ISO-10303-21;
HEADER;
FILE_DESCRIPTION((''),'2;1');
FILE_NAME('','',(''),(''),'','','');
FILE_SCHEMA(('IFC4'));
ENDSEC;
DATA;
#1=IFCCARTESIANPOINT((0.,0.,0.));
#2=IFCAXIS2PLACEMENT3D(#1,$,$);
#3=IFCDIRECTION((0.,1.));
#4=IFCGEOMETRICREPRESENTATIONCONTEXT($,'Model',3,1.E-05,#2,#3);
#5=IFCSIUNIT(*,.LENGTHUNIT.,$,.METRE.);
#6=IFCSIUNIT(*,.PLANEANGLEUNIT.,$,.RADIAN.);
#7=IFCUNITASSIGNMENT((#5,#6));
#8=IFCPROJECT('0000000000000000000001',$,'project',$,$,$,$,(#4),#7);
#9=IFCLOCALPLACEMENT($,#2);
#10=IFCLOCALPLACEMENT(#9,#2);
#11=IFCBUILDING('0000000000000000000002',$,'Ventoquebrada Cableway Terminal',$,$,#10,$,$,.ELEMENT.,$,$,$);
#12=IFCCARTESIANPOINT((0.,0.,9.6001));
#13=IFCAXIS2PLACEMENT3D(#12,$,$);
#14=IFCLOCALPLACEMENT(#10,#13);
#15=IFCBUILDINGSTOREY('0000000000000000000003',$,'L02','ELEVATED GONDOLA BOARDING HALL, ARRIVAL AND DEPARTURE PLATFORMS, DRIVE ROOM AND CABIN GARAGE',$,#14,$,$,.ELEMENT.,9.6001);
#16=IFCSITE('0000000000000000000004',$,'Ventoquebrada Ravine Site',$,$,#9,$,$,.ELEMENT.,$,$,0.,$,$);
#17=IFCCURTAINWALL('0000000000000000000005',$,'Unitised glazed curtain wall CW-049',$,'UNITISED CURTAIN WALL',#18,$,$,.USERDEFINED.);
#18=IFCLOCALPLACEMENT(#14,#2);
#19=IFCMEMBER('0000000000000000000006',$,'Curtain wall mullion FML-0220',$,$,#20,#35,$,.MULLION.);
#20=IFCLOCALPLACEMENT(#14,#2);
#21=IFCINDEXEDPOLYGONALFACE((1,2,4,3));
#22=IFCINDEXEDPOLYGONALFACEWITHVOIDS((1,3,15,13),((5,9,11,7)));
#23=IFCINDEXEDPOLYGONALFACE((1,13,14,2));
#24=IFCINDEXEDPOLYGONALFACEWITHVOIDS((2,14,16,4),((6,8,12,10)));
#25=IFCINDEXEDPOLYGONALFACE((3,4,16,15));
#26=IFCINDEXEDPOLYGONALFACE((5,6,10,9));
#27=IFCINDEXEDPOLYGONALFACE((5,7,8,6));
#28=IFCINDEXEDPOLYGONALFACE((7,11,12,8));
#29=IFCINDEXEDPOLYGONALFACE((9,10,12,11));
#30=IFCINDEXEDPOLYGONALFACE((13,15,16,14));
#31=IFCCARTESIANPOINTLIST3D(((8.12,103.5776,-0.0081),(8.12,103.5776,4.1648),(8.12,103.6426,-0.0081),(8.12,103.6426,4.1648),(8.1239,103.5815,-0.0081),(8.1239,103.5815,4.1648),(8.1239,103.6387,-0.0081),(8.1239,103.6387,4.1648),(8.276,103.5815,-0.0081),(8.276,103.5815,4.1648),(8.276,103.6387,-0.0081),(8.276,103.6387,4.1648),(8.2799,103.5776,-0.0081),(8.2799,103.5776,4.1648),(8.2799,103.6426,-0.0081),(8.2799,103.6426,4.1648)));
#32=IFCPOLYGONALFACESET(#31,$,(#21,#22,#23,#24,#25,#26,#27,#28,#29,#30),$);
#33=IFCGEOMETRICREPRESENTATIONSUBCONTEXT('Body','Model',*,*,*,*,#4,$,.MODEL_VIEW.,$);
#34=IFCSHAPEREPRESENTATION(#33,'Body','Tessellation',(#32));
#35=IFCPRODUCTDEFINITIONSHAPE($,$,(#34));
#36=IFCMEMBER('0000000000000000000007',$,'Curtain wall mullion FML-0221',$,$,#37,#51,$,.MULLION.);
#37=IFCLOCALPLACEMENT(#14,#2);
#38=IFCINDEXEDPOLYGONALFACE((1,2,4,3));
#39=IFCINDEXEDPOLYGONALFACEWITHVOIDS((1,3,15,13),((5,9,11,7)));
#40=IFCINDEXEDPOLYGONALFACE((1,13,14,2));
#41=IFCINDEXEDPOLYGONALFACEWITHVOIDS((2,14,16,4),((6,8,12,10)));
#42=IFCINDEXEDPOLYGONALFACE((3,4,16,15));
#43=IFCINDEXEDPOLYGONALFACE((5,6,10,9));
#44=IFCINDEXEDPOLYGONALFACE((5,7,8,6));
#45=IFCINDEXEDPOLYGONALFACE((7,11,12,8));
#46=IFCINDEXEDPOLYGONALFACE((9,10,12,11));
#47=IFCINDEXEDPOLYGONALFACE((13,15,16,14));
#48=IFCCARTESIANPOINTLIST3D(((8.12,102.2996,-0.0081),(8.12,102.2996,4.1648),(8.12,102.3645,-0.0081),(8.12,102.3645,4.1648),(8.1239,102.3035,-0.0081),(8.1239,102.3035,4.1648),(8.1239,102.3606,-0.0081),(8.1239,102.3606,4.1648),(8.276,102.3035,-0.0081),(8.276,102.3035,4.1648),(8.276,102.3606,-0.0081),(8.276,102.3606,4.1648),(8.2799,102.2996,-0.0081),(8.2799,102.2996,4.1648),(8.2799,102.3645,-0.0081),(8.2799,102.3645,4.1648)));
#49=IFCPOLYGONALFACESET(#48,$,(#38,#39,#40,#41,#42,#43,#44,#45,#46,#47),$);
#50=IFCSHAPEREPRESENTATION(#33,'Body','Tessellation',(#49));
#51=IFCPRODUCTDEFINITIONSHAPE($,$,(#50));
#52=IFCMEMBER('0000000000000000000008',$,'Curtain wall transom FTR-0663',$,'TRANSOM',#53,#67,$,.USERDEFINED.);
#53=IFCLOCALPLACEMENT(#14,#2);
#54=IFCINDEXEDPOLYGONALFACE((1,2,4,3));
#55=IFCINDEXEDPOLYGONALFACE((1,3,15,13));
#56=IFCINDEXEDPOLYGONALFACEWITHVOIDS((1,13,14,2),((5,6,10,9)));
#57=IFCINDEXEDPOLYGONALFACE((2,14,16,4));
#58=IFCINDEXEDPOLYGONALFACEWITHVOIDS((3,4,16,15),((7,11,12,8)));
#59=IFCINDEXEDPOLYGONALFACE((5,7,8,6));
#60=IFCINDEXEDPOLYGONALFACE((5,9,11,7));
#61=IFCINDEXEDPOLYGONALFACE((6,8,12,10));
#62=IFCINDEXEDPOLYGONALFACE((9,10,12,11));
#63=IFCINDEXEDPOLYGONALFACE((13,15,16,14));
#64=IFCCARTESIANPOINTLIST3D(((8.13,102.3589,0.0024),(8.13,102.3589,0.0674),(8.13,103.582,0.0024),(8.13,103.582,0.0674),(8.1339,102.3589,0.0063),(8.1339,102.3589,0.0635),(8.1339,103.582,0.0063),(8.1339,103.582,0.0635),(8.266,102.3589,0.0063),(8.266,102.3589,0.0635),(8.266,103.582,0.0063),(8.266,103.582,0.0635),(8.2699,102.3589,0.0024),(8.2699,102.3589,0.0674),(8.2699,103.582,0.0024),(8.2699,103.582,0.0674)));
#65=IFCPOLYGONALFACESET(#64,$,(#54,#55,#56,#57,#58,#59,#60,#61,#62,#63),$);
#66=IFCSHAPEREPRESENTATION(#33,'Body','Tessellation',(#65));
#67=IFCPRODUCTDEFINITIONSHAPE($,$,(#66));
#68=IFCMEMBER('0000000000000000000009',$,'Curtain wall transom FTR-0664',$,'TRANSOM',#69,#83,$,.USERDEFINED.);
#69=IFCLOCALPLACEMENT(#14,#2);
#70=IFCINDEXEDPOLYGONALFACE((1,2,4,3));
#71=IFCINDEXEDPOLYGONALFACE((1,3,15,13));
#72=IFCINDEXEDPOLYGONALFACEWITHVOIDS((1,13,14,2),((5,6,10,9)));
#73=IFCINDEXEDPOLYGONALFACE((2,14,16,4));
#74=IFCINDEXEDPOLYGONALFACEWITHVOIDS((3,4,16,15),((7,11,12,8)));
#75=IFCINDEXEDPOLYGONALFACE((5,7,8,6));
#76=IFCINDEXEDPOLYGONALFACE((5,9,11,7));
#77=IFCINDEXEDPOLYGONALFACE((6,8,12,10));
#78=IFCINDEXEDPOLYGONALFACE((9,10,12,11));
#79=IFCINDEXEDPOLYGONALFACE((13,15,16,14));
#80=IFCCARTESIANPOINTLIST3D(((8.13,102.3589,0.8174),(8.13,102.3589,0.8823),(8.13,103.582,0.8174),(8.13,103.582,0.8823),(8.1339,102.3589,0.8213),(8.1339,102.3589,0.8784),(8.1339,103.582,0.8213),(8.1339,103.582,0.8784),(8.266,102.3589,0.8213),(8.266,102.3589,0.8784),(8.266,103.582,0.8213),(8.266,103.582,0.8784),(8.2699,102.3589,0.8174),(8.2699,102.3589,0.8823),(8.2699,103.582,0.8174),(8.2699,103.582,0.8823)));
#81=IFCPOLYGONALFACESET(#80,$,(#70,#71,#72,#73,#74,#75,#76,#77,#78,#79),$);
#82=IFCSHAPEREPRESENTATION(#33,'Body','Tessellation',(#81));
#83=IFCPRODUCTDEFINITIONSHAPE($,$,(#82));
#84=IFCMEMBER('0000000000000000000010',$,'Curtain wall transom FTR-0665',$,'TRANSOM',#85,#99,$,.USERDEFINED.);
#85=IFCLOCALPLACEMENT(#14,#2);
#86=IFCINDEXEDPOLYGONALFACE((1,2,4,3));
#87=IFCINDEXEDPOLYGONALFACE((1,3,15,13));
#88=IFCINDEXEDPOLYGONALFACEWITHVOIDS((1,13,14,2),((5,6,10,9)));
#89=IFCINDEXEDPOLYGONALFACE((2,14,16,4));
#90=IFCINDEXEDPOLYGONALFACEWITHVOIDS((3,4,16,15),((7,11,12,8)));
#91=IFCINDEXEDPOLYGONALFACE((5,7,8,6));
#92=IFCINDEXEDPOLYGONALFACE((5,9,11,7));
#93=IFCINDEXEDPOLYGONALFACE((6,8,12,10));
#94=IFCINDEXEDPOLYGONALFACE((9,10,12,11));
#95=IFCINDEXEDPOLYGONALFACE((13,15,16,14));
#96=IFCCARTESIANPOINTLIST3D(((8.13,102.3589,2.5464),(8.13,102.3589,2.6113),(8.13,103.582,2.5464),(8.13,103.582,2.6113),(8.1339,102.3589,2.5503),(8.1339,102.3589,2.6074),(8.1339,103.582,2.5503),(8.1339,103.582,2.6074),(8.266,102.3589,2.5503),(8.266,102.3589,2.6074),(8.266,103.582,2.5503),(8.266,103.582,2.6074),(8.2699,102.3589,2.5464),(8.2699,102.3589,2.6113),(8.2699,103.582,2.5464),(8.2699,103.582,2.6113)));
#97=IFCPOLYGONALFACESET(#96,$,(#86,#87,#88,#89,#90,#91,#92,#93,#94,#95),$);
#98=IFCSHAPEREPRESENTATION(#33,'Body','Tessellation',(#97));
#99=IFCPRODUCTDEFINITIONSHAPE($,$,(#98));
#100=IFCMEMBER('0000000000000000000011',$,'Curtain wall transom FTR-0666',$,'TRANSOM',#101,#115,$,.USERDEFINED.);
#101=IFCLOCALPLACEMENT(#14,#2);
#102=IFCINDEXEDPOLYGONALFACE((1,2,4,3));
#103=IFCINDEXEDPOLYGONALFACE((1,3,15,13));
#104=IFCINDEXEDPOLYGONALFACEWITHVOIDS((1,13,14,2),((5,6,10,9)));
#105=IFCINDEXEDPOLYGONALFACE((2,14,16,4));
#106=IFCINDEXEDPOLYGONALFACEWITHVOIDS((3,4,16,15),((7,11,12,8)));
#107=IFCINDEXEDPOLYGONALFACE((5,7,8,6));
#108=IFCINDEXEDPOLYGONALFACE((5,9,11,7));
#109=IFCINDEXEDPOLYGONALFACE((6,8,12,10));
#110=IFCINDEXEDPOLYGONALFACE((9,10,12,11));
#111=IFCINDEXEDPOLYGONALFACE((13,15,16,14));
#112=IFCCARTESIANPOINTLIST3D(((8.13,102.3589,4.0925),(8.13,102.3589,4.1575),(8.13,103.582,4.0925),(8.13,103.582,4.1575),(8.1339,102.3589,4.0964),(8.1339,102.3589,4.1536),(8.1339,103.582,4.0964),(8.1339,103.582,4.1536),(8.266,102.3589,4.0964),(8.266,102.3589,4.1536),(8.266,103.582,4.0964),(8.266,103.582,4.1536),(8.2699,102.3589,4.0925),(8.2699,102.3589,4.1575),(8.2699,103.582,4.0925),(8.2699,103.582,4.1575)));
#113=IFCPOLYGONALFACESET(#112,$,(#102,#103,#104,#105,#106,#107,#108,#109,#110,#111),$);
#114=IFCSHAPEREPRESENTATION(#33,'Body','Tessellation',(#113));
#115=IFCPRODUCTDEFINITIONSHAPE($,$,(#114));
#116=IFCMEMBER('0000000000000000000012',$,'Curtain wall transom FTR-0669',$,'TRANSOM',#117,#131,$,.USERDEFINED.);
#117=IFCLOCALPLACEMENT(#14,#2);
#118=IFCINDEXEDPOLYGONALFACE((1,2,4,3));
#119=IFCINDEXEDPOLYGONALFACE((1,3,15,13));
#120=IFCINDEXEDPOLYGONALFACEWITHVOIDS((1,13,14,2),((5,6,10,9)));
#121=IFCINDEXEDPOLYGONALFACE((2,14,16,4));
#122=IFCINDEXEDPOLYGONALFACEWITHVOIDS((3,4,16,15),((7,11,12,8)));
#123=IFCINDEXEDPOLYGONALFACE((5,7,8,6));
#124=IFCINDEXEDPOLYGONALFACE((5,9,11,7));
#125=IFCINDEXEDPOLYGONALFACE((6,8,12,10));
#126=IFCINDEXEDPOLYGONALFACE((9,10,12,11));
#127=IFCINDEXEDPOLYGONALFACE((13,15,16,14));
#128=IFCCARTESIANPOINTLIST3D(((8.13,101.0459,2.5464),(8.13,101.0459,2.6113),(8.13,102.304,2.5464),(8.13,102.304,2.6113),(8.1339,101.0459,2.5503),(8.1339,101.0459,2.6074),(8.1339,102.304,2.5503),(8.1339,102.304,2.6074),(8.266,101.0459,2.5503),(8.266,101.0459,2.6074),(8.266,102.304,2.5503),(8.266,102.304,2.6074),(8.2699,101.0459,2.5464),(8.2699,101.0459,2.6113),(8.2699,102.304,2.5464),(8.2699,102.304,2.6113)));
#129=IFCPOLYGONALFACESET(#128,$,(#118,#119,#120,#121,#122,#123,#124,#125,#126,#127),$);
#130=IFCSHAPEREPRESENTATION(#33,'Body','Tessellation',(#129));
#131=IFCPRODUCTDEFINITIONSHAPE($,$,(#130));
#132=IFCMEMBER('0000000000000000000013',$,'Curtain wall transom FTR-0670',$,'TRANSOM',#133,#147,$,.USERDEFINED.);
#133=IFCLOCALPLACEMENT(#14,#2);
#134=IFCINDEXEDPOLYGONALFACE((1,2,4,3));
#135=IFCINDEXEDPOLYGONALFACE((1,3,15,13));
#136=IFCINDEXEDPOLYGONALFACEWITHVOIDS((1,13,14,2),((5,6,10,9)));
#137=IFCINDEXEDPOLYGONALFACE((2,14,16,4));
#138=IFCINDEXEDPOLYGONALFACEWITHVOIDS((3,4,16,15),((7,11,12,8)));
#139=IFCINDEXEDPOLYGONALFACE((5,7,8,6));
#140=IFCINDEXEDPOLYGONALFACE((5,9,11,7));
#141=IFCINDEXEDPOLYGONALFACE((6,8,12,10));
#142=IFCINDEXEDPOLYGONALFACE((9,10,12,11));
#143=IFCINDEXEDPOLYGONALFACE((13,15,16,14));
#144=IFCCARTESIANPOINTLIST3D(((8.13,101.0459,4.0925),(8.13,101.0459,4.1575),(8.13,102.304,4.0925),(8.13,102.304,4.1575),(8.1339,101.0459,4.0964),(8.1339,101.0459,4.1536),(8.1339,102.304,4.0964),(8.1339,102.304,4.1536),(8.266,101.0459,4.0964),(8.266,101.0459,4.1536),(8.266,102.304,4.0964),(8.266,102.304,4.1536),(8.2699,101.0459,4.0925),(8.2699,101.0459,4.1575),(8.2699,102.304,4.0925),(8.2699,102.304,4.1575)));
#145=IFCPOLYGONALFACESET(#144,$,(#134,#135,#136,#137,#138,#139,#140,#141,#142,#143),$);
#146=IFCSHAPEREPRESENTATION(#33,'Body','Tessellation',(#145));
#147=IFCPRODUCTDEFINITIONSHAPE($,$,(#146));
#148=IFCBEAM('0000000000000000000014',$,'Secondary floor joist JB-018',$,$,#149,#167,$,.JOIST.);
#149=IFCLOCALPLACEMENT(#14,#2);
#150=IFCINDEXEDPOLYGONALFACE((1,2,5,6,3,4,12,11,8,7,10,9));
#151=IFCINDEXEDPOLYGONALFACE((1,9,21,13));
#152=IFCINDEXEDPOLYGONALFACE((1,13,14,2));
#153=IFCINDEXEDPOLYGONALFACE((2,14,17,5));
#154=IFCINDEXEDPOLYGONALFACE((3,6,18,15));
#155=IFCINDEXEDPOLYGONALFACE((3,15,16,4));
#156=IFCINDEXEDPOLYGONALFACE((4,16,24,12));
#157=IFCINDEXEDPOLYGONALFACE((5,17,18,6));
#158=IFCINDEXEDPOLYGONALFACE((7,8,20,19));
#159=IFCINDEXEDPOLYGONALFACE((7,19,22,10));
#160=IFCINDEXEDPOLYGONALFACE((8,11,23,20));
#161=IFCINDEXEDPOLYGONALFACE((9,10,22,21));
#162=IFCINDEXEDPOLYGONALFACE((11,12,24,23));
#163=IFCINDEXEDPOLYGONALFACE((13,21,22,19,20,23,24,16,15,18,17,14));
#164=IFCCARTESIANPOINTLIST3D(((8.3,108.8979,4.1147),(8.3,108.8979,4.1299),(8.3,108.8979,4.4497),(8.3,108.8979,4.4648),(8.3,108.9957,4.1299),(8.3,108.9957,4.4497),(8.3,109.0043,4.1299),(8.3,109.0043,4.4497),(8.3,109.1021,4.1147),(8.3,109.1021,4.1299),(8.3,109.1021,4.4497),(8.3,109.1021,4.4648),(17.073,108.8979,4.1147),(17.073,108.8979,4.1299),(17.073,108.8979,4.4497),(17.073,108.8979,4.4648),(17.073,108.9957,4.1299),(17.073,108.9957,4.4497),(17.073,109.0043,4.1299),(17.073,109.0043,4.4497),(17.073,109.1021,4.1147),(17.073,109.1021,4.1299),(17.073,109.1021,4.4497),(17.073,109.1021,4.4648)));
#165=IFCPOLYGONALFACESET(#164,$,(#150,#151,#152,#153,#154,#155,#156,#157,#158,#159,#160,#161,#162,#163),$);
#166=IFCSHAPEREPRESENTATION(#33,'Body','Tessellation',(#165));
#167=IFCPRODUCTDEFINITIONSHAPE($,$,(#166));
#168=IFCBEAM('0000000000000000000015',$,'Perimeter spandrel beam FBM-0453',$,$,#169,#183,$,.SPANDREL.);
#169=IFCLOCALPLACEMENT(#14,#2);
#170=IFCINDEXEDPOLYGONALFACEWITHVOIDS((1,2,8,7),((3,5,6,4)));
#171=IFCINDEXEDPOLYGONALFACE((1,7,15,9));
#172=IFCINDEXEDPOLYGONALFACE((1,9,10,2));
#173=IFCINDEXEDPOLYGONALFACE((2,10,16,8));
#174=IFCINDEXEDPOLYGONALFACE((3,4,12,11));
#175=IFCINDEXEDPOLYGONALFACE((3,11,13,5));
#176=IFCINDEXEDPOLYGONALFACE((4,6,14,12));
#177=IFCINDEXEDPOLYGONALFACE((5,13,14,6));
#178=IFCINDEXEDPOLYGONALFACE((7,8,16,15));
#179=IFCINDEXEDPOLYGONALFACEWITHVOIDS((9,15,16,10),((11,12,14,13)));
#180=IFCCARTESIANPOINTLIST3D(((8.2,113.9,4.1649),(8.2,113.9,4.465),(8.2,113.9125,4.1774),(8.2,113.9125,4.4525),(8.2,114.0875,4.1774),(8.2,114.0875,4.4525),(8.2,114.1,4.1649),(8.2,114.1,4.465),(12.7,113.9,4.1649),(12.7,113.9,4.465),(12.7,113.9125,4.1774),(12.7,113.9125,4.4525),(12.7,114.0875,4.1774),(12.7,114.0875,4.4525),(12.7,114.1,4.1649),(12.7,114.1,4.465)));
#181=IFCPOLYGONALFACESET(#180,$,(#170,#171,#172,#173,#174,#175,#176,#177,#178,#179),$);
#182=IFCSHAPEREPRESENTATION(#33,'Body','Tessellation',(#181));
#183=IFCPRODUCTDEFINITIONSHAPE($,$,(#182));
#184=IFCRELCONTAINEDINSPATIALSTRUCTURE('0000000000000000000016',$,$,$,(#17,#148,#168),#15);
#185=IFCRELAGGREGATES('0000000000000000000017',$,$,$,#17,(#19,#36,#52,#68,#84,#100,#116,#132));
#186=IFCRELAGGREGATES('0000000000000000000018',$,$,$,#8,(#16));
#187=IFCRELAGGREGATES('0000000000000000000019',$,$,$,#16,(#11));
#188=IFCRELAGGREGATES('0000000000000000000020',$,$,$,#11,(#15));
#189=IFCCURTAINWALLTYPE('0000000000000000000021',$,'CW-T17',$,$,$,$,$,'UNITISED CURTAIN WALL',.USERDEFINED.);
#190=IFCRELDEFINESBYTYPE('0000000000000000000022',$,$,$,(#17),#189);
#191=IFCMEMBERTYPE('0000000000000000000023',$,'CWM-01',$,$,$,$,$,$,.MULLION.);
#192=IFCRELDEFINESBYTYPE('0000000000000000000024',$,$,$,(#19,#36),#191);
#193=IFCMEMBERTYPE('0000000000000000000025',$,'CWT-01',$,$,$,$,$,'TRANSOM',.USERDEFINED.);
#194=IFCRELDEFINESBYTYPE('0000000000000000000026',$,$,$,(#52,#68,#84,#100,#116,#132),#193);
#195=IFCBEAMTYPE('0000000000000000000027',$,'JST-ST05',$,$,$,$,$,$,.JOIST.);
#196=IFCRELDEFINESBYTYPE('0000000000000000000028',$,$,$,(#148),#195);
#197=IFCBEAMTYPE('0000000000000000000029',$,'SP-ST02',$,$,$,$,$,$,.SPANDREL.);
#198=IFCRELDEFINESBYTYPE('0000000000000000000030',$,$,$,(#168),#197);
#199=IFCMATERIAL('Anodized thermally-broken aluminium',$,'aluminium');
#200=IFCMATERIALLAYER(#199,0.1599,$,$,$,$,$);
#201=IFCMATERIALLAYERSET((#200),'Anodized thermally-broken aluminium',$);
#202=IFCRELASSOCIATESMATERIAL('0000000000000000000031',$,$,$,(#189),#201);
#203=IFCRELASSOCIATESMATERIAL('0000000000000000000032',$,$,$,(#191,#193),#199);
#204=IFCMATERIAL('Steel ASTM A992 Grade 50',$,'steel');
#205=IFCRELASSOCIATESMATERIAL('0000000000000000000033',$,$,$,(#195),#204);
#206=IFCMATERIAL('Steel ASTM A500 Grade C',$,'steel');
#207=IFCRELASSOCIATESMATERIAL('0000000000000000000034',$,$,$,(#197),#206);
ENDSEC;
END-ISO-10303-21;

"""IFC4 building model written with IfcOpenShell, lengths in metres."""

from ifc_helpers import new_model, si_unit, direction, frame, origin, origin_2d, place, context, subcontext, project, spatial, hollow_rectangle, i_section, extrude, material, layer, layer_set, material_profile, profile_set, type_object, element, aggregate, save


model = new_model("IFC4")

# Units and contexts
model_context = context("Model", 3, precision=1e-05, world=origin(), true_north=direction((0.0, 1.0)))
body_context = subcontext(model_context, "Body", "Model", "MODEL_VIEW")
ifc_project = project(units=[si_unit("LENGTHUNIT", "METRE"), si_unit("PLANEANGLEUNIT", "RADIAN")], contexts=[model_context])

# Site, building, storey
site_placement = place(None, origin())
site = spatial("IfcSite", under=ifc_project, at=site_placement, Name="Ventoquebrada Ravine Site", CompositionType="ELEMENT", RefElevation=0.0)
building_placement = place(site_placement, origin())
building = spatial("IfcBuilding", under=site, at=building_placement, Name="Ventoquebrada Cableway Terminal", CompositionType="ELEMENT")
storey_placement = place(building_placement, frame((0.0, 0.0, 9.6001)))
storey = spatial("IfcBuildingStorey", under=building, at=storey_placement, Name="L02", Description="ELEVATED GONDOLA BOARDING HALL, ARRIVAL AND DEPARTURE PLATFORMS, DRIVE ROOM AND CABIN GARAGE", CompositionType="ELEMENT", Elevation=9.6001)

# Shared definitions
ifc_material_1 = material(Name="Steel ASTM A992 Grade 50", Category="steel")

# Curtain wall, members
ifc_material_2 = material(Name="Anodized thermally-broken aluminium", Category="aluminium")
ifc_layer_1 = layer(ifc_material_2, 0.1599)
ifc_layer_set_1 = layer_set([ifc_layer_1], Name="Anodized thermally-broken aluminium")
curtain_wall_type = type_object("IfcCurtainWallType", Name="CW-T17", ElementType="UNITISED CURTAIN WALL", PredefinedType="USERDEFINED", material=ifc_layer_set_1)
curtain_wall_placement = place(storey_placement, origin())
curtain_wall = element("IfcCurtainWall", 1, at=curtain_wall_placement, inside=storey, type_object=curtain_wall_type, Name="Unitised glazed curtain wall CW-049", ObjectType="UNITISED CURTAIN WALL", PredefinedType="USERDEFINED")
ifc_material_profile_1 = material_profile(ifc_material_2, hollow_rectangle(XDim=0.0649, YDim=0.1599, WallThickness=0.0039, at=origin_2d()), Name="CW-MUL-65X160")
ifc_profile_set_1 = profile_set([ifc_material_profile_1], Name="Anodized thermally-broken aluminium")
member_type_1 = type_object("IfcMemberType", Name="CWM-01", PredefinedType="MULLION", material=ifc_profile_set_1)
member_1_placement = place(storey_placement, frame((8.2, 103.6101, -0.0081), z_axis=(0.0, 0.0, 1.0), x_axis=(0.0, -1.0, 0.0)))
member_1 = element("IfcMember", 2, at=member_1_placement, type_object=member_type_1, Name="Curtain wall mullion FML-0220", PredefinedType="MULLION", context=body_context, shape_type="SweptSolid", body=[
    extrude(hollow_rectangle(XDim=0.0649, YDim=0.1599, WallThickness=0.0039, at=origin_2d()), origin(), (0.0, 0.0, 1.0), 4.1729),
])
member_2_placement = place(storey_placement, frame((8.2, 102.332, -0.0081), z_axis=(0.0, 0.0, 1.0), x_axis=(0.0, -1.0, 0.0)))
member_2 = element("IfcMember", 3, at=member_2_placement, type_object=member_type_1, Name="Curtain wall mullion FML-0221", PredefinedType="MULLION", context=body_context, shape_type="SweptSolid", body=[
    extrude(hollow_rectangle(XDim=0.0649, YDim=0.1599, WallThickness=0.0039, at=origin_2d()), origin(), (0.0, 0.0, 1.0), 4.1729),
])
ifc_material_profile_2 = material_profile(ifc_material_2, hollow_rectangle(XDim=0.0649, YDim=0.1399, WallThickness=0.0039, at=origin_2d()), Name="CW-TRN-65X140")
ifc_profile_set_2 = profile_set([ifc_material_profile_2], Name="Anodized thermally-broken aluminium")
member_type_2 = type_object("IfcMemberType", Name="CWT-01", ElementType="TRANSOM", PredefinedType="USERDEFINED", material=ifc_profile_set_2)
member_3_placement = place(storey_placement, frame((8.2, 103.582, 0.0349), z_axis=(0.0, -1.0, 0.0), x_axis=(0.0, 0.0, 1.0)))
member_3 = element("IfcMember", 4, at=member_3_placement, type_object=member_type_2, Name="Curtain wall transom FTR-0663", ObjectType="TRANSOM", PredefinedType="USERDEFINED", context=body_context, shape_type="SweptSolid", body=[
    extrude(hollow_rectangle(XDim=0.0649, YDim=0.1399, WallThickness=0.0039, at=origin_2d()), origin(), (0.0, 0.0, 1.0), 1.2231),
])
member_4_placement = place(storey_placement, frame((8.2, 103.582, 0.8499), z_axis=(0.0, -1.0, 0.0), x_axis=(0.0, 0.0, 1.0)))
member_4 = element("IfcMember", 5, at=member_4_placement, type_object=member_type_2, Name="Curtain wall transom FTR-0664", ObjectType="TRANSOM", PredefinedType="USERDEFINED", context=body_context, shape_type="SweptSolid", body=[
    extrude(hollow_rectangle(XDim=0.0649, YDim=0.1399, WallThickness=0.0039, at=origin_2d()), origin(), (0.0, 0.0, 1.0), 1.2231),
])
member_5_placement = place(storey_placement, frame((8.2, 103.582, 2.5789), z_axis=(0.0, -1.0, 0.0), x_axis=(0.0, 0.0, 1.0)))
member_5 = element("IfcMember", 6, at=member_5_placement, type_object=member_type_2, Name="Curtain wall transom FTR-0665", ObjectType="TRANSOM", PredefinedType="USERDEFINED", context=body_context, shape_type="SweptSolid", body=[
    extrude(hollow_rectangle(XDim=0.0649, YDim=0.1399, WallThickness=0.0039, at=origin_2d()), origin(), (0.0, 0.0, 1.0), 1.2231),
])
member_6_placement = place(storey_placement, frame((8.2, 103.582, 4.125), z_axis=(0.0, -1.0, 0.0), x_axis=(0.0, 0.0, 1.0)))
member_6 = element("IfcMember", 7, at=member_6_placement, type_object=member_type_2, Name="Curtain wall transom FTR-0666", ObjectType="TRANSOM", PredefinedType="USERDEFINED", context=body_context, shape_type="SweptSolid", body=[
    extrude(hollow_rectangle(XDim=0.0649, YDim=0.1399, WallThickness=0.0039, at=origin_2d()), origin(), (0.0, 0.0, 1.0), 1.2231),
])
member_7_placement = place(storey_placement, frame((8.2, 102.304, 2.5789), z_axis=(0.0, -1.0, 0.0), x_axis=(0.0, 0.0, 1.0)))
member_7 = element("IfcMember", 8, at=member_7_placement, type_object=member_type_2, Name="Curtain wall transom FTR-0669", ObjectType="TRANSOM", PredefinedType="USERDEFINED", context=body_context, shape_type="SweptSolid", body=[
    extrude(hollow_rectangle(XDim=0.0649, YDim=0.1399, WallThickness=0.0039, at=origin_2d()), origin(), (0.0, 0.0, 1.0), 1.2581),
])
member_8_placement = place(storey_placement, frame((8.2, 102.304, 4.125), z_axis=(0.0, -1.0, 0.0), x_axis=(0.0, 0.0, 1.0)))
member_8 = element("IfcMember", 9, at=member_8_placement, type_object=member_type_2, Name="Curtain wall transom FTR-0670", ObjectType="TRANSOM", PredefinedType="USERDEFINED", context=body_context, shape_type="SweptSolid", body=[
    extrude(hollow_rectangle(XDim=0.0649, YDim=0.1399, WallThickness=0.0039, at=origin_2d()), origin(), (0.0, 0.0, 1.0), 1.2581),
])

# Beams
ifc_material_profile_3 = material_profile(ifc_material_1, i_section(OverallWidth=0.2041, OverallDepth=0.3501, WebThickness=0.0085, FlangeThickness=0.0151, at=origin_2d()), Name="W14X48")
ifc_profile_set_3 = profile_set([ifc_material_profile_3], Name="Steel ASTM A992 Grade 50")
beam_type_1 = type_object("IfcBeamType", Name="JST-ST05", PredefinedType="JOIST", material=ifc_profile_set_3)
beam_1_placement = place(storey_placement, frame((8.3, 109.0, 4.2898), z_axis=(1.0, 0.0, 0.0), x_axis=(0.0, 1.0, 0.0)))
element("IfcBeam", 10, at=beam_1_placement, inside=storey, type_object=beam_type_1, Name="Secondary floor joist JB-018", PredefinedType="JOIST", context=body_context, shape_type="SweptSolid", body=[
    extrude(i_section(OverallWidth=0.2041, OverallDepth=0.3501, WebThickness=0.0085, FlangeThickness=0.0151, at=origin_2d()), origin(), (0.0, 0.0, 1.0), 8.7729),
])
ifc_material_3 = material(Name="Steel ASTM A500 Grade C", Category="steel")
ifc_material_profile_4 = material_profile(ifc_material_3, hollow_rectangle(XDim=0.2, YDim=0.3, WallThickness=0.0125, at=origin_2d()), Name="RHS300X200X12.5")
ifc_profile_set_4 = profile_set([ifc_material_profile_4], Name="Steel ASTM A500 Grade C")
beam_type_2 = type_object("IfcBeamType", Name="SP-ST02", PredefinedType="SPANDREL", material=ifc_profile_set_4)
for number, where, z_axis, x_axis, name in (
    (11, (8.2, 114.0, 4.3149), (1.0, 0.0, 0.0), (0.0, 1.0, 0.0), "Perimeter spandrel beam FBM-0453"),
):
    element("IfcBeam", number, at=place(storey_placement, frame(where, z_axis=z_axis, x_axis=x_axis)), inside=storey, type_object=beam_type_2, Name=name, PredefinedType="SPANDREL", context=body_context, shape_type="SweptSolid", body=[
        extrude(hollow_rectangle(XDim=0.2, YDim=0.3, WallThickness=0.0125, at=origin_2d()), origin(), (0.0, 0.0, 1.0), 4.5),
    ])

aggregate(curtain_wall, [member_1, member_2, member_3, member_4, member_5, member_6, member_7, member_8])

save(model, "model.ifc")
